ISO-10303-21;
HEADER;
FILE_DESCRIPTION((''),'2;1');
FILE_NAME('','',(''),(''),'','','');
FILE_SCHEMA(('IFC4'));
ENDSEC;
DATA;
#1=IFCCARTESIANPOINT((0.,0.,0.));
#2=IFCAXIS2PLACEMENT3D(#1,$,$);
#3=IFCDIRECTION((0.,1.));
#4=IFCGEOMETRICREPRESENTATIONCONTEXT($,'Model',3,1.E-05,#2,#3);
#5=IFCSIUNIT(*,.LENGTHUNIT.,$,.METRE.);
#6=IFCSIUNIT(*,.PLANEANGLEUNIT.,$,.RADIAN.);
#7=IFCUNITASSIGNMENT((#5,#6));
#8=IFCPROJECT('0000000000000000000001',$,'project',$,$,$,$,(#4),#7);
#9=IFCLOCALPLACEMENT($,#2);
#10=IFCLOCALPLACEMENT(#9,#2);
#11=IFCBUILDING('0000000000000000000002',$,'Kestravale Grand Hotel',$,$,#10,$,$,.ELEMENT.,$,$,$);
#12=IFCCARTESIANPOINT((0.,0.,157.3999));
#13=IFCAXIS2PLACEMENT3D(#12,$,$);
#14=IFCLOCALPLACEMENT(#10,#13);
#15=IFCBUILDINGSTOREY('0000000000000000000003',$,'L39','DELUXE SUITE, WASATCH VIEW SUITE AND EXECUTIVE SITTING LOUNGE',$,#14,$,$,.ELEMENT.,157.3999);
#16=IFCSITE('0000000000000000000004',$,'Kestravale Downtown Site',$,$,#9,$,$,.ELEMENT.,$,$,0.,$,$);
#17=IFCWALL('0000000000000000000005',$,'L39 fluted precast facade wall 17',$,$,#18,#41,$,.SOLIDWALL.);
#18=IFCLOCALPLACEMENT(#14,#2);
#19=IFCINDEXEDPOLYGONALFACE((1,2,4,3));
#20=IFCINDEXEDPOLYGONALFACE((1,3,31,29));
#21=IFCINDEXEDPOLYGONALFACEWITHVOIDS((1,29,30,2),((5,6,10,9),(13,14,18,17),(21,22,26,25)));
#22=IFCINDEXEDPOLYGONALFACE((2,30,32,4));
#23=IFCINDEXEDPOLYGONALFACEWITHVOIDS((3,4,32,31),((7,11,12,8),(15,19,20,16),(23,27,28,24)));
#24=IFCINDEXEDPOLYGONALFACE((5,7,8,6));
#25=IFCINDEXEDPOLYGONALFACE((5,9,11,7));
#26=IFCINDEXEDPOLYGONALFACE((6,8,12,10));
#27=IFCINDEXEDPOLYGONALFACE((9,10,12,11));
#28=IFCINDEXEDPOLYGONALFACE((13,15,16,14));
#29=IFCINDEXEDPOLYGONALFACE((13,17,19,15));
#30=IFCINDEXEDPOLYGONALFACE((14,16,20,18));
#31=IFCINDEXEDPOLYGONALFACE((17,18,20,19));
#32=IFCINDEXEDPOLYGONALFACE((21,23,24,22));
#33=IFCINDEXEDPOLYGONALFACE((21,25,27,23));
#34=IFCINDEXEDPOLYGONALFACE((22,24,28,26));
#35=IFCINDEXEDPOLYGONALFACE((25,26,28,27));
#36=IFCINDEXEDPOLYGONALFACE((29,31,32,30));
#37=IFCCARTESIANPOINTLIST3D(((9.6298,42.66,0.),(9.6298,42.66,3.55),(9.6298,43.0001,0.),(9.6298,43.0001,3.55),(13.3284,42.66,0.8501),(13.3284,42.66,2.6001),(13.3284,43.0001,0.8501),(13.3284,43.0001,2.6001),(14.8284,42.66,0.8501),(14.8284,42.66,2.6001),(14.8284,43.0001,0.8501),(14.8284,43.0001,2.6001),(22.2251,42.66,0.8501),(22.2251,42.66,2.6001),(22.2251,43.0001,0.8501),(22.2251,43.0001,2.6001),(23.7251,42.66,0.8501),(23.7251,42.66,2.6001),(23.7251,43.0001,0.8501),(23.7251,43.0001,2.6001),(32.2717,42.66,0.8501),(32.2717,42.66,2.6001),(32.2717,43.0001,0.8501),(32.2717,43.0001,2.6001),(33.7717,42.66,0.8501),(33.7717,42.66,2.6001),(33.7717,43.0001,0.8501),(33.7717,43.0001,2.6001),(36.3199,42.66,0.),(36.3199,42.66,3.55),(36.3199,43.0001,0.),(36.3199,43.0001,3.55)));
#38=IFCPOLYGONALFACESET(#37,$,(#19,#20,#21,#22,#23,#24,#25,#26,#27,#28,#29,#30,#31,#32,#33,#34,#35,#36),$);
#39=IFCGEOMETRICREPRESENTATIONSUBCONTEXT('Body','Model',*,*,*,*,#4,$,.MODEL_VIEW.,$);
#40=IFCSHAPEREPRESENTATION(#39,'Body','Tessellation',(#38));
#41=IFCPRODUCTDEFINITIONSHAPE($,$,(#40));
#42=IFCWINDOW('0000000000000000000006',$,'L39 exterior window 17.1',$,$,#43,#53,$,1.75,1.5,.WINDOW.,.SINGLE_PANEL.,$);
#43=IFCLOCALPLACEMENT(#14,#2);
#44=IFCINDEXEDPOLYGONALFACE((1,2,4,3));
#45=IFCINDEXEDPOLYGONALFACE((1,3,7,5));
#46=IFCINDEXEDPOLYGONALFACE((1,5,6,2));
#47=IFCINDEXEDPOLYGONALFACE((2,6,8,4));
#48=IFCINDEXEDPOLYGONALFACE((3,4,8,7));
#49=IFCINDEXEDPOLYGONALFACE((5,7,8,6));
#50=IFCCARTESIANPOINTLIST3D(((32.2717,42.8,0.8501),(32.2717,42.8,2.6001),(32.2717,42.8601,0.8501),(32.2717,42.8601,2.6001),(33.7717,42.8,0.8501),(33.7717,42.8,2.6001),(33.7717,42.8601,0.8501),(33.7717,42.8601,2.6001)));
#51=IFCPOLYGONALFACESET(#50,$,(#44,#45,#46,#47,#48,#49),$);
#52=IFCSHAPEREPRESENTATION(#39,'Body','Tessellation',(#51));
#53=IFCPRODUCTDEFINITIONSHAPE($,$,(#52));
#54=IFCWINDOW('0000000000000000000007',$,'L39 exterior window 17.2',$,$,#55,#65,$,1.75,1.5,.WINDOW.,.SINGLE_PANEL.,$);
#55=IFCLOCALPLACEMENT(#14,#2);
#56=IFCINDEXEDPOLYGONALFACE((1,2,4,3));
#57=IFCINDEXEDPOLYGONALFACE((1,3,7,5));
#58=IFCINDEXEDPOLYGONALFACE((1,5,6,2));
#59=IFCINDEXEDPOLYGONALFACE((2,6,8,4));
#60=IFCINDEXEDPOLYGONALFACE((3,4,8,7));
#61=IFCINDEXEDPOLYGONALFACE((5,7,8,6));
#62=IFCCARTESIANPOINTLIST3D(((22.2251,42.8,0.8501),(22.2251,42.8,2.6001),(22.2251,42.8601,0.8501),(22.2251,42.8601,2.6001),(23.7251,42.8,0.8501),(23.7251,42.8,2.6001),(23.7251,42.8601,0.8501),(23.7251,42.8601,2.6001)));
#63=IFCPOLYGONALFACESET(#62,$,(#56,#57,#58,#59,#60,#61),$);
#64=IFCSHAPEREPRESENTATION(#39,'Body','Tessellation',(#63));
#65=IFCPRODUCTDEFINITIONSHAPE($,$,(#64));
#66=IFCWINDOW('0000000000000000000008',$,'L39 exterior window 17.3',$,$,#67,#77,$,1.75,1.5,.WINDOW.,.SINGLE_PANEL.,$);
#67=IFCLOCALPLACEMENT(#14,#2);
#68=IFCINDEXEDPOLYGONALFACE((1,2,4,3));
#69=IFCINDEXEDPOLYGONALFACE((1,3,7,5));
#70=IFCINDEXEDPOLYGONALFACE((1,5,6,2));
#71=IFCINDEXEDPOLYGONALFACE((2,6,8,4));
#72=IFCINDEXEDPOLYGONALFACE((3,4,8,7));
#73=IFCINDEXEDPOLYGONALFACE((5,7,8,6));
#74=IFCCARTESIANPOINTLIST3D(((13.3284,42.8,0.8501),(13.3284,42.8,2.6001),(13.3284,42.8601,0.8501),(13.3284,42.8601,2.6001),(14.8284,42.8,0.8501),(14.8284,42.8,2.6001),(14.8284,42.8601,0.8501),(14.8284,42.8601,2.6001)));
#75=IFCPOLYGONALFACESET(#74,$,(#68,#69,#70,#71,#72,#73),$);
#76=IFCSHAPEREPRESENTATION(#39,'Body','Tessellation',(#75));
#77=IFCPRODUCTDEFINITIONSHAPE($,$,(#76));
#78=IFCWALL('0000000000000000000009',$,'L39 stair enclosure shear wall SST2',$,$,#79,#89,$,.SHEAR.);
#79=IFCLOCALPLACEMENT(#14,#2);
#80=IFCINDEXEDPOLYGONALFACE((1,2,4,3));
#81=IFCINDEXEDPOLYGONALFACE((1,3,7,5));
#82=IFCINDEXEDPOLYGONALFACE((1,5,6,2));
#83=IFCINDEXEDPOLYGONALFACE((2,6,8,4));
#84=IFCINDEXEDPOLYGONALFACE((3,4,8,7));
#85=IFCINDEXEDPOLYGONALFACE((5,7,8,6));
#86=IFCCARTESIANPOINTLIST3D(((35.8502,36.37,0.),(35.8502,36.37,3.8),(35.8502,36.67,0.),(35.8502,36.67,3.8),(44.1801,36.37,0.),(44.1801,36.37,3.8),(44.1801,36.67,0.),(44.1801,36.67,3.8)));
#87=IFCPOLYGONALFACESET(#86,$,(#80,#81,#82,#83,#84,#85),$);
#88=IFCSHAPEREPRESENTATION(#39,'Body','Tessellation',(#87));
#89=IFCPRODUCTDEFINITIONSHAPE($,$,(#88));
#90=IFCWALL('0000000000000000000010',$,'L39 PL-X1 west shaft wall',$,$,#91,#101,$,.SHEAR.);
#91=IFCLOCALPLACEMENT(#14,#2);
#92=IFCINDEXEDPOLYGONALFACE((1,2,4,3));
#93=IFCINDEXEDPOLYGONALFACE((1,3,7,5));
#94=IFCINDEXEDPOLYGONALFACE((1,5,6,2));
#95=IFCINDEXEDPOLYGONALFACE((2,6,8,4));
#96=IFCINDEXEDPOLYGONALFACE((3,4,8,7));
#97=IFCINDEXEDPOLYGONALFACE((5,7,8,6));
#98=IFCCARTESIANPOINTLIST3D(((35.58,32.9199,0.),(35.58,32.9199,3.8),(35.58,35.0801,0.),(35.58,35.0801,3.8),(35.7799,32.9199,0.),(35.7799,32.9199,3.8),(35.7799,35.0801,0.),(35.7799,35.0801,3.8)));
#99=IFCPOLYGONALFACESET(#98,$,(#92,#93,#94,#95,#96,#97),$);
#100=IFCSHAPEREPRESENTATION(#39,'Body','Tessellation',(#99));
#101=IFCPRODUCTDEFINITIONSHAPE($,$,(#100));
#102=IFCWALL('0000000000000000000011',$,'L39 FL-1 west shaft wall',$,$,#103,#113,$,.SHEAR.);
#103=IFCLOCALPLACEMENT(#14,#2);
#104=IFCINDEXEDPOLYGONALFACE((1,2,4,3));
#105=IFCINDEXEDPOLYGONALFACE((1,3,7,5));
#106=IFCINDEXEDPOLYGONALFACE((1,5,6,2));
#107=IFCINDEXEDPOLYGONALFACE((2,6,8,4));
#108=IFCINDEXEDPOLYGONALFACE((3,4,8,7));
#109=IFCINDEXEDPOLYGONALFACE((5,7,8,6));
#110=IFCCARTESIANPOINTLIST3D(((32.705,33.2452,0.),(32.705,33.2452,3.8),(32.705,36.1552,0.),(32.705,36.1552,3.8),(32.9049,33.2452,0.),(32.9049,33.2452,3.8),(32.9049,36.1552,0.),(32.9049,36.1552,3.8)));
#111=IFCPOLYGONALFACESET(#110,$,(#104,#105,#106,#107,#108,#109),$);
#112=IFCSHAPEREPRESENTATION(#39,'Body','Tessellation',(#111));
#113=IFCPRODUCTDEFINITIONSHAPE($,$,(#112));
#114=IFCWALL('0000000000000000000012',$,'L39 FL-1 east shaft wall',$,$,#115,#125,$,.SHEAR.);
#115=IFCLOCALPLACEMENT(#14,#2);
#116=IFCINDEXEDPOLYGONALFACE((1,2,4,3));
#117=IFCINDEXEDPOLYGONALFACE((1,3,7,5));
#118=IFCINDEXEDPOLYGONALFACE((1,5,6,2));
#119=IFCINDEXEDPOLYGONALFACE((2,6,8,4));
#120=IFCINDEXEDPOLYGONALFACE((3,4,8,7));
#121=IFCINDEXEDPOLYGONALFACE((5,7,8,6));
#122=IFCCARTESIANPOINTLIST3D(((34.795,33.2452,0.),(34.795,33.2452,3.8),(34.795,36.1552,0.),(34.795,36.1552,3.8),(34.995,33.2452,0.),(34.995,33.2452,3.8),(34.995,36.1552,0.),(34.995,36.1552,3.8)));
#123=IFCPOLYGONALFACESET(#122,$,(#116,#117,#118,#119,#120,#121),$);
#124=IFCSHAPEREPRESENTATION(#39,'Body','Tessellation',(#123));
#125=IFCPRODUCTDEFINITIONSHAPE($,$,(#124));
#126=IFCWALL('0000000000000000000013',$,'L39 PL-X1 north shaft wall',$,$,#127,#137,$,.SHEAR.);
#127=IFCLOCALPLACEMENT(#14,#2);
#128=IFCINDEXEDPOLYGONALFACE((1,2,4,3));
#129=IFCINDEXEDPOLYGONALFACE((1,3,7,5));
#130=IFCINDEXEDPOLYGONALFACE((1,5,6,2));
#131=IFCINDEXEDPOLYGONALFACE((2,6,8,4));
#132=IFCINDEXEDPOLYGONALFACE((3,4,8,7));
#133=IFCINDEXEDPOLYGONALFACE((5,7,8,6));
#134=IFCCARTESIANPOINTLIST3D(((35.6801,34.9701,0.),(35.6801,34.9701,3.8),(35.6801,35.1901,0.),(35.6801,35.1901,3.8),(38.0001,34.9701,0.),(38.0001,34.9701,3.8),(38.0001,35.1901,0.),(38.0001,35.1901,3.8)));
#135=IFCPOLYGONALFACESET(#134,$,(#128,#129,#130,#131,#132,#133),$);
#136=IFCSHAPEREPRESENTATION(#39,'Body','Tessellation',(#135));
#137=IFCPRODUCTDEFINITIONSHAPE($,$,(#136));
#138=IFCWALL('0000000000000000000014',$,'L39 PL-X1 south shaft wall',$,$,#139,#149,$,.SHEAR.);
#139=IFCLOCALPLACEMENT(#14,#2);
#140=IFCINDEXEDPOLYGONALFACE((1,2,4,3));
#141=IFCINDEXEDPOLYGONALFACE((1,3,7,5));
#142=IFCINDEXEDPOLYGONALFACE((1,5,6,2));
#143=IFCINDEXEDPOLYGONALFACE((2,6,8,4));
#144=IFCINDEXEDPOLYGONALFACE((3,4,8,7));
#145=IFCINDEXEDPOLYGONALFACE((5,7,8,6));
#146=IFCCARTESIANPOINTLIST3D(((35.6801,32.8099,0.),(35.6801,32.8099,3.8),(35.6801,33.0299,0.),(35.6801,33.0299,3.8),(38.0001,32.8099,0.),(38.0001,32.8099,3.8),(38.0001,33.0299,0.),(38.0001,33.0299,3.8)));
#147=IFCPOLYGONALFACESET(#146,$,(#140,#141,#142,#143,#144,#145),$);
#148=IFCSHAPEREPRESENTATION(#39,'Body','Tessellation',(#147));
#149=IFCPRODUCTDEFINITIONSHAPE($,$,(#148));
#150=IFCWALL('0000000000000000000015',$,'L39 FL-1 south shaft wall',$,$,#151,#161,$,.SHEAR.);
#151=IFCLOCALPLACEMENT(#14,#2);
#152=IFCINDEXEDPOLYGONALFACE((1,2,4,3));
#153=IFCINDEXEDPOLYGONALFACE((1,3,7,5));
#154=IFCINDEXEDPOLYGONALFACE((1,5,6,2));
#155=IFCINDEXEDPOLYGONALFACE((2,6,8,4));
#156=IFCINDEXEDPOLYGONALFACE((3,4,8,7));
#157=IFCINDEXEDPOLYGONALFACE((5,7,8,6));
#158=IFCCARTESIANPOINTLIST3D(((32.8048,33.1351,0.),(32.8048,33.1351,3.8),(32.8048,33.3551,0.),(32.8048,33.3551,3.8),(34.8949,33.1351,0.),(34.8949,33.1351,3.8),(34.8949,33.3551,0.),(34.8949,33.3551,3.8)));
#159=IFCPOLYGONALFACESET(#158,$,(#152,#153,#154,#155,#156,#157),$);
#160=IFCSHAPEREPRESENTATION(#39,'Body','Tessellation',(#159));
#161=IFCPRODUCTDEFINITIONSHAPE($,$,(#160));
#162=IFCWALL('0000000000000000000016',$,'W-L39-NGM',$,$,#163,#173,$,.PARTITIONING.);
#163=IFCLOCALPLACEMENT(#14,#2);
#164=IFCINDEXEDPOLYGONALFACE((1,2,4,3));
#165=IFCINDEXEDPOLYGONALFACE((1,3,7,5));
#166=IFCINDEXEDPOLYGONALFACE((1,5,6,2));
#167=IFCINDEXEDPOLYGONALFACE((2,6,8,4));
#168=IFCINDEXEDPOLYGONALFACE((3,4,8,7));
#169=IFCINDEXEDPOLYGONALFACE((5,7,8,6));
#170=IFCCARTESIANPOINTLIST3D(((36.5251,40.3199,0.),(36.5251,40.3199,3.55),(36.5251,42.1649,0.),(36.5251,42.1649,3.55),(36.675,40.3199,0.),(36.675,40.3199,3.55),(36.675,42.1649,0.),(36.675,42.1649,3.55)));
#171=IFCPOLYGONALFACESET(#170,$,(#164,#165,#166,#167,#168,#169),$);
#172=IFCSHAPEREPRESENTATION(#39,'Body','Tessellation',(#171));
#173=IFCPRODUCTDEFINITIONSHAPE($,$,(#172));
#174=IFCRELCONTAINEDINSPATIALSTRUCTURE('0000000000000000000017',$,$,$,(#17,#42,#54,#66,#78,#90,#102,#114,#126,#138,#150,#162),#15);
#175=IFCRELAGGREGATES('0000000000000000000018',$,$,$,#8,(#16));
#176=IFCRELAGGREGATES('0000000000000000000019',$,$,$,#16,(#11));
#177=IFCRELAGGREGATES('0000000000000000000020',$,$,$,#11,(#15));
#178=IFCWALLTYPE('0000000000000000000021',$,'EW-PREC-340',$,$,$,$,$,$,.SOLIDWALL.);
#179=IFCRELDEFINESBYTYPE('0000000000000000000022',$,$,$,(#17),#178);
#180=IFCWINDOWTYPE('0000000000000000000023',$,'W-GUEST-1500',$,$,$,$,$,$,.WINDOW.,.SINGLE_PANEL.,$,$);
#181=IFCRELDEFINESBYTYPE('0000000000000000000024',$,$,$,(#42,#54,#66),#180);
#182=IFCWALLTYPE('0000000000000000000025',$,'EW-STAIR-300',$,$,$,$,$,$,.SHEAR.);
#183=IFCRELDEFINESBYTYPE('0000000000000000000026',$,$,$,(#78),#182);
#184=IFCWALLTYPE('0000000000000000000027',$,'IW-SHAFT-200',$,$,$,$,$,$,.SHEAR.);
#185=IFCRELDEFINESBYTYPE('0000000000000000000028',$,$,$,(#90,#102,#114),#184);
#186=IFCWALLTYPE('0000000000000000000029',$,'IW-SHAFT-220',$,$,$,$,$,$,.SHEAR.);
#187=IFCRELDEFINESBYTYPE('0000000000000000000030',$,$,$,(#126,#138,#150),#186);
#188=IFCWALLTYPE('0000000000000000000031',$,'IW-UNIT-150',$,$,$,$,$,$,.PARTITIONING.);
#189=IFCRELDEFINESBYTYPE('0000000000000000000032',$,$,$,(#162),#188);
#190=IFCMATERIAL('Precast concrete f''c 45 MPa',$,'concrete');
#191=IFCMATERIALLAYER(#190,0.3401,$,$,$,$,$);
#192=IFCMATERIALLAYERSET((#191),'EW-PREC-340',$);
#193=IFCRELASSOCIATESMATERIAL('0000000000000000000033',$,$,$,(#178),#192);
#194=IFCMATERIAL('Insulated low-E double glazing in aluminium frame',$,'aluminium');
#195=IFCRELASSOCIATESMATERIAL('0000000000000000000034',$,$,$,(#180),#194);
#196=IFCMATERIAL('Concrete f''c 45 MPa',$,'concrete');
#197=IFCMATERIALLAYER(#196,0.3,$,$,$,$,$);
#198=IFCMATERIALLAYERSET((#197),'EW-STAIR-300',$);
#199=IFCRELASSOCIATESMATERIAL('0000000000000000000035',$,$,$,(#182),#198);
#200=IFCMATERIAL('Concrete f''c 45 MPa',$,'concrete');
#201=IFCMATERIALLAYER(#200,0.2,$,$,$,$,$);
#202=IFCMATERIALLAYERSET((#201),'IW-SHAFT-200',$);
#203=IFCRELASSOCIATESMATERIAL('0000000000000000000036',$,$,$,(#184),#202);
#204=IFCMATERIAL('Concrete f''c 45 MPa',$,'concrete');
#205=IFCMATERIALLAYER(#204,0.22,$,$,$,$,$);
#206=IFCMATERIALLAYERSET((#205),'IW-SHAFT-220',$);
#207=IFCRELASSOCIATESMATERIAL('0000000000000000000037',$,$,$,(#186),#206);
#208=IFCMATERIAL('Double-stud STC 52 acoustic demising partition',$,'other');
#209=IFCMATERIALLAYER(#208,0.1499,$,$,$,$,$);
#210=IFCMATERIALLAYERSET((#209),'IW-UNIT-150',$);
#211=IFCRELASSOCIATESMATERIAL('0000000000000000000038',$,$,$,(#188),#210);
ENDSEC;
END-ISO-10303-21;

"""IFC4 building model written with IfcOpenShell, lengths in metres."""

from ifc_helpers import new_model, si_unit, direction, frame, frame_2d, origin, place, context, subcontext, project, spatial, rectangle, extrude, material, layer, layer_set, type_object, element, fill, save


model = new_model("IFC4")

# Units and contexts
model_context = context("Model", 3, precision=1e-05, world=origin(), true_north=direction((0.0, 1.0)))
body_context = subcontext(model_context, "Body", "Model", "MODEL_VIEW")
ifc_project = project(units=[si_unit("LENGTHUNIT", "METRE"), si_unit("PLANEANGLEUNIT", "RADIAN")], contexts=[model_context])

# Site, building, storey
site_placement = place(None, origin())
site = spatial("IfcSite", under=ifc_project, at=site_placement, Name="Kestravale Downtown Site", CompositionType="ELEMENT", RefElevation=0.0)
building_placement = place(site_placement, origin())
building = spatial("IfcBuilding", under=site, at=building_placement, Name="Kestravale Grand Hotel", CompositionType="ELEMENT")
storey_placement = place(building_placement, frame((0.0, 0.0, 157.3999)))
storey = spatial("IfcBuildingStorey", under=building, at=storey_placement, Name="L39", Description="DELUXE SUITE, WASATCH VIEW SUITE AND EXECUTIVE SITTING LOUNGE", CompositionType="ELEMENT", Elevation=157.3999)

# Shared definitions
ifc_material_1 = material(Name="Precast concrete f'c 45 MPa", Category="concrete")
ifc_layer_1 = layer(ifc_material_1, 0.3401)
ifc_layer_set_1 = layer_set([ifc_layer_1], Name="EW-PREC-340")
wall_type_1 = type_object("IfcWallType", Name="EW-PREC-340", PredefinedType="SOLIDWALL", material=ifc_layer_set_1)

# Wall, openings, windows
wall_1_placement = place(storey_placement, frame((36.3201, 42.8301, 0.0), z_axis=(0.0, 0.0, 1.0), x_axis=(-1.0, 0.0, 0.0)))
wall_1 = element("IfcWall", 1, at=wall_1_placement, inside=storey, type_object=wall_type_1, Name="L39 fluted precast facade wall 17", PredefinedType="SOLIDWALL", context=body_context, shape_type="SweptSolid", body=[
    extrude(rectangle(XDim=26.6902, YDim=0.3401, at=frame_2d((13.3452, 0.0))), origin(), (0.0, 0.0, 1.0), 3.55),
])
opening_1_placement = place(wall_1_placement, frame((2.5483, 0.0, 0.8501)))
opening_1 = element("IfcOpeningElement", 2, at=opening_1_placement, cuts=wall_1, PredefinedType="OPENING", context=body_context, shape_type="SweptSolid", body=[
    extrude(rectangle(XDim=1.5, YDim=1.75, at=frame_2d((0.75, 0.875))), frame((0.0, 0.1799, 0.0), z_axis=(0.0, -1.0, 0.0), x_axis=(1.0, 0.0, 0.0)), (0.0, 0.0, 1.0), 0.3601),
])
opening_2_placement = place(wall_1_placement, frame((12.595, 0.0, 0.8501)))
opening_2 = element("IfcOpeningElement", 3, at=opening_2_placement, cuts=wall_1, PredefinedType="OPENING", context=body_context, shape_type="SweptSolid", body=[
    extrude(rectangle(XDim=1.5, YDim=1.75, at=frame_2d((0.75, 0.875))), frame((0.0, 0.1799, 0.0), z_axis=(0.0, -1.0, 0.0), x_axis=(1.0, 0.0, 0.0)), (0.0, 0.0, 1.0), 0.3601),
])
opening_3_placement = place(wall_1_placement, frame((21.4917, 0.0, 0.8501)))
opening_3 = element("IfcOpeningElement", 4, at=opening_3_placement, cuts=wall_1, PredefinedType="OPENING", context=body_context, shape_type="SweptSolid", body=[
    extrude(rectangle(XDim=1.5, YDim=1.75, at=frame_2d((0.75, 0.875))), frame((0.0, 0.1799, 0.0), z_axis=(0.0, -1.0, 0.0), x_axis=(1.0, 0.0, 0.0)), (0.0, 0.0, 1.0), 0.3601),
])
ifc_material_2 = material(Name="Insulated low-E double glazing in aluminium frame", Category="aluminium")
window_type = type_object("IfcWindowType", Name="W-GUEST-1500", PartitioningType="SINGLE_PANEL", PredefinedType="WINDOW", material=ifc_material_2)
window_1_placement = place(opening_1_placement, origin())
window_1 = element("IfcWindow", 5, at=window_1_placement, inside=storey, type_object=window_type, Name="L39 exterior window 17.1", OverallHeight=1.75, OverallWidth=1.5, PartitioningType="SINGLE_PANEL", PredefinedType="WINDOW", context=body_context, shape_type="SweptSolid", body=[
    extrude(rectangle(XDim=1.5, YDim=1.75, at=frame_2d((0.75, 0.875))), frame((0.0, 0.03, 0.0), z_axis=(0.0, -1.0, 0.0), x_axis=(1.0, 0.0, 0.0)), (0.0, 0.0, 1.0), 0.0601),
])
fill(opening_1, window_1)
window_2_placement = place(opening_2_placement, origin())
window_2 = element("IfcWindow", 6, at=window_2_placement, inside=storey, type_object=window_type, Name="L39 exterior window 17.2", OverallHeight=1.75, OverallWidth=1.5, PartitioningType="SINGLE_PANEL", PredefinedType="WINDOW", context=body_context, shape_type="SweptSolid", body=[
    extrude(rectangle(XDim=1.5, YDim=1.75, at=frame_2d((0.75, 0.875))), frame((0.0, 0.03, 0.0), z_axis=(0.0, -1.0, 0.0), x_axis=(1.0, 0.0, 0.0)), (0.0, 0.0, 1.0), 0.0601),
])
fill(opening_2, window_2)
window_3_placement = place(opening_3_placement, origin())
window_3 = element("IfcWindow", 7, at=window_3_placement, inside=storey, type_object=window_type, Name="L39 exterior window 17.3", OverallHeight=1.75, OverallWidth=1.5, PartitioningType="SINGLE_PANEL", PredefinedType="WINDOW", context=body_context, shape_type="SweptSolid", body=[
    extrude(rectangle(XDim=1.5, YDim=1.75, at=frame_2d((0.75, 0.875))), frame((0.0, 0.03, 0.0), z_axis=(0.0, -1.0, 0.0), x_axis=(1.0, 0.0, 0.0)), (0.0, 0.0, 1.0), 0.0601),
])
fill(opening_3, window_3)

# Wall
ifc_material_3 = material(Name="Concrete f'c 45 MPa", Category="concrete")
ifc_layer_2 = layer(ifc_material_3, 0.3)
ifc_layer_set_2 = layer_set([ifc_layer_2], Name="EW-STAIR-300")
wall_type_2 = type_object("IfcWallType", Name="EW-STAIR-300", PredefinedType="SHEAR", material=ifc_layer_set_2)
wall_2_placement = place(storey_placement, frame((35.8501, 36.52, 0.0), z_axis=(0.0, 0.0, 1.0), x_axis=(1.0, 0.0, 0.0)))
element("IfcWall", 8, at=wall_2_placement, inside=storey, type_object=wall_type_2, Name="L39 stair enclosure shear wall SST2", PredefinedType="SHEAR", context=body_context, shape_type="SweptSolid", body=[
    extrude(rectangle(XDim=8.3298, YDim=0.3, at=frame_2d((4.165, 0.0))), origin(), (0.0, 0.0, 1.0), 3.8),
])

# Walls
ifc_material_4 = material(Name="Concrete f'c 45 MPa", Category="concrete")
ifc_layer_3 = layer(ifc_material_4, 0.2)
ifc_layer_set_3 = layer_set([ifc_layer_3], Name="IW-SHAFT-200")
wall_type_3 = type_object("IfcWallType", Name="IW-SHAFT-200", PredefinedType="SHEAR", material=ifc_layer_set_3)
wall_3_placement = place(storey_placement, frame((35.6799, 32.9199, 0.0), z_axis=(0.0, 0.0, 1.0), x_axis=(0.0, 1.0, 0.0)))
element("IfcWall", 9, at=wall_3_placement, inside=storey, type_object=wall_type_3, Name="L39 PL-X1 west shaft wall", PredefinedType="SHEAR", context=body_context, shape_type="SweptSolid", body=[
    extrude(rectangle(XDim=2.1602, YDim=0.2, at=frame_2d((1.0801, 0.0))), origin(), (0.0, 0.0, 1.0), 3.8),
])
for number, where, z_axis, x_axis, name in (
    (10, (32.8049, 33.2451, 0.0), (0.0, 0.0, 1.0), (0.0, 1.0, 0.0), "L39 FL-1 west shaft wall"),
    (11, (34.895, 33.2451, 0.0), (0.0, 0.0, 1.0), (0.0, 1.0, 0.0), "L39 FL-1 east shaft wall"),
):
    element("IfcWall", number, at=place(storey_placement, frame(where, z_axis=z_axis, x_axis=x_axis)), inside=storey, type_object=wall_type_3, Name=name, PredefinedType="SHEAR", context=body_context, shape_type="SweptSolid", body=[
        extrude(rectangle(XDim=2.9099, YDim=0.2, at=frame_2d((1.4551, 0.0))), origin(), (0.0, 0.0, 1.0), 3.8),
    ])
ifc_material_5 = material(Name="Concrete f'c 45 MPa", Category="concrete")
ifc_layer_4 = layer(ifc_material_5, 0.22)
ifc_layer_set_4 = layer_set([ifc_layer_4], Name="IW-SHAFT-220")
wall_type_4 = type_object("IfcWallType", Name="IW-SHAFT-220", PredefinedType="SHEAR", material=ifc_layer_set_4)
for number, where, z_axis, x_axis, name in (
    (12, (35.6799, 35.0801, 0.0), (0.0, 0.0, 1.0), (1.0, 0.0, 0.0), "L39 PL-X1 north shaft wall"),
    (13, (35.6799, 32.9199, 0.0), (0.0, 0.0, 1.0), (1.0, 0.0, 0.0), "L39 PL-X1 south shaft wall"),
):
    element("IfcWall", number, at=place(storey_placement, frame(where, z_axis=z_axis, x_axis=x_axis)), inside=storey, type_object=wall_type_4, Name=name, PredefinedType="SHEAR", context=body_context, shape_type="SweptSolid", body=[
        extrude(rectangle(XDim=2.3201, YDim=0.22, at=frame_2d((1.1602, 0.0))), origin(), (0.0, 0.0, 1.0), 3.8),
    ])

# Walls
wall_4_placement = place(storey_placement, frame((32.8049, 33.2451, 0.0), z_axis=(0.0, 0.0, 1.0), x_axis=(1.0, 0.0, 0.0)))
element("IfcWall", 14, at=wall_4_placement, inside=storey, type_object=wall_type_4, Name="L39 FL-1 south shaft wall", PredefinedType="SHEAR", context=body_context, shape_type="SweptSolid", body=[
    extrude(rectangle(XDim=2.0901, YDim=0.22, at=frame_2d((1.0449, 0.0))), origin(), (0.0, 0.0, 1.0), 3.8),
])
ifc_material_6 = material(Name="Double-stud STC 52 acoustic demising partition", Category="other")
ifc_layer_5 = layer(ifc_material_6, 0.1499)
ifc_layer_set_5 = layer_set([ifc_layer_5], Name="IW-UNIT-150")
wall_type_5 = type_object("IfcWallType", Name="IW-UNIT-150", PredefinedType="PARTITIONING", material=ifc_layer_set_5)
wall_5_placement = place(storey_placement, frame((36.6001, 40.3201, 0.0), z_axis=(0.0, 0.0, 1.0), x_axis=(0.0, 1.0, 0.0)))
element("IfcWall", 15, at=wall_5_placement, inside=storey, type_object=wall_type_5, Name="W-L39-NGM", PredefinedType="PARTITIONING", context=body_context, shape_type="SweptSolid", body=[
    extrude(rectangle(XDim=1.845, YDim=0.1499, at=frame_2d((0.9224, 0.0))), origin(), (0.0, 0.0, 1.0), 3.55),
])

save(model, "model.ifc")
